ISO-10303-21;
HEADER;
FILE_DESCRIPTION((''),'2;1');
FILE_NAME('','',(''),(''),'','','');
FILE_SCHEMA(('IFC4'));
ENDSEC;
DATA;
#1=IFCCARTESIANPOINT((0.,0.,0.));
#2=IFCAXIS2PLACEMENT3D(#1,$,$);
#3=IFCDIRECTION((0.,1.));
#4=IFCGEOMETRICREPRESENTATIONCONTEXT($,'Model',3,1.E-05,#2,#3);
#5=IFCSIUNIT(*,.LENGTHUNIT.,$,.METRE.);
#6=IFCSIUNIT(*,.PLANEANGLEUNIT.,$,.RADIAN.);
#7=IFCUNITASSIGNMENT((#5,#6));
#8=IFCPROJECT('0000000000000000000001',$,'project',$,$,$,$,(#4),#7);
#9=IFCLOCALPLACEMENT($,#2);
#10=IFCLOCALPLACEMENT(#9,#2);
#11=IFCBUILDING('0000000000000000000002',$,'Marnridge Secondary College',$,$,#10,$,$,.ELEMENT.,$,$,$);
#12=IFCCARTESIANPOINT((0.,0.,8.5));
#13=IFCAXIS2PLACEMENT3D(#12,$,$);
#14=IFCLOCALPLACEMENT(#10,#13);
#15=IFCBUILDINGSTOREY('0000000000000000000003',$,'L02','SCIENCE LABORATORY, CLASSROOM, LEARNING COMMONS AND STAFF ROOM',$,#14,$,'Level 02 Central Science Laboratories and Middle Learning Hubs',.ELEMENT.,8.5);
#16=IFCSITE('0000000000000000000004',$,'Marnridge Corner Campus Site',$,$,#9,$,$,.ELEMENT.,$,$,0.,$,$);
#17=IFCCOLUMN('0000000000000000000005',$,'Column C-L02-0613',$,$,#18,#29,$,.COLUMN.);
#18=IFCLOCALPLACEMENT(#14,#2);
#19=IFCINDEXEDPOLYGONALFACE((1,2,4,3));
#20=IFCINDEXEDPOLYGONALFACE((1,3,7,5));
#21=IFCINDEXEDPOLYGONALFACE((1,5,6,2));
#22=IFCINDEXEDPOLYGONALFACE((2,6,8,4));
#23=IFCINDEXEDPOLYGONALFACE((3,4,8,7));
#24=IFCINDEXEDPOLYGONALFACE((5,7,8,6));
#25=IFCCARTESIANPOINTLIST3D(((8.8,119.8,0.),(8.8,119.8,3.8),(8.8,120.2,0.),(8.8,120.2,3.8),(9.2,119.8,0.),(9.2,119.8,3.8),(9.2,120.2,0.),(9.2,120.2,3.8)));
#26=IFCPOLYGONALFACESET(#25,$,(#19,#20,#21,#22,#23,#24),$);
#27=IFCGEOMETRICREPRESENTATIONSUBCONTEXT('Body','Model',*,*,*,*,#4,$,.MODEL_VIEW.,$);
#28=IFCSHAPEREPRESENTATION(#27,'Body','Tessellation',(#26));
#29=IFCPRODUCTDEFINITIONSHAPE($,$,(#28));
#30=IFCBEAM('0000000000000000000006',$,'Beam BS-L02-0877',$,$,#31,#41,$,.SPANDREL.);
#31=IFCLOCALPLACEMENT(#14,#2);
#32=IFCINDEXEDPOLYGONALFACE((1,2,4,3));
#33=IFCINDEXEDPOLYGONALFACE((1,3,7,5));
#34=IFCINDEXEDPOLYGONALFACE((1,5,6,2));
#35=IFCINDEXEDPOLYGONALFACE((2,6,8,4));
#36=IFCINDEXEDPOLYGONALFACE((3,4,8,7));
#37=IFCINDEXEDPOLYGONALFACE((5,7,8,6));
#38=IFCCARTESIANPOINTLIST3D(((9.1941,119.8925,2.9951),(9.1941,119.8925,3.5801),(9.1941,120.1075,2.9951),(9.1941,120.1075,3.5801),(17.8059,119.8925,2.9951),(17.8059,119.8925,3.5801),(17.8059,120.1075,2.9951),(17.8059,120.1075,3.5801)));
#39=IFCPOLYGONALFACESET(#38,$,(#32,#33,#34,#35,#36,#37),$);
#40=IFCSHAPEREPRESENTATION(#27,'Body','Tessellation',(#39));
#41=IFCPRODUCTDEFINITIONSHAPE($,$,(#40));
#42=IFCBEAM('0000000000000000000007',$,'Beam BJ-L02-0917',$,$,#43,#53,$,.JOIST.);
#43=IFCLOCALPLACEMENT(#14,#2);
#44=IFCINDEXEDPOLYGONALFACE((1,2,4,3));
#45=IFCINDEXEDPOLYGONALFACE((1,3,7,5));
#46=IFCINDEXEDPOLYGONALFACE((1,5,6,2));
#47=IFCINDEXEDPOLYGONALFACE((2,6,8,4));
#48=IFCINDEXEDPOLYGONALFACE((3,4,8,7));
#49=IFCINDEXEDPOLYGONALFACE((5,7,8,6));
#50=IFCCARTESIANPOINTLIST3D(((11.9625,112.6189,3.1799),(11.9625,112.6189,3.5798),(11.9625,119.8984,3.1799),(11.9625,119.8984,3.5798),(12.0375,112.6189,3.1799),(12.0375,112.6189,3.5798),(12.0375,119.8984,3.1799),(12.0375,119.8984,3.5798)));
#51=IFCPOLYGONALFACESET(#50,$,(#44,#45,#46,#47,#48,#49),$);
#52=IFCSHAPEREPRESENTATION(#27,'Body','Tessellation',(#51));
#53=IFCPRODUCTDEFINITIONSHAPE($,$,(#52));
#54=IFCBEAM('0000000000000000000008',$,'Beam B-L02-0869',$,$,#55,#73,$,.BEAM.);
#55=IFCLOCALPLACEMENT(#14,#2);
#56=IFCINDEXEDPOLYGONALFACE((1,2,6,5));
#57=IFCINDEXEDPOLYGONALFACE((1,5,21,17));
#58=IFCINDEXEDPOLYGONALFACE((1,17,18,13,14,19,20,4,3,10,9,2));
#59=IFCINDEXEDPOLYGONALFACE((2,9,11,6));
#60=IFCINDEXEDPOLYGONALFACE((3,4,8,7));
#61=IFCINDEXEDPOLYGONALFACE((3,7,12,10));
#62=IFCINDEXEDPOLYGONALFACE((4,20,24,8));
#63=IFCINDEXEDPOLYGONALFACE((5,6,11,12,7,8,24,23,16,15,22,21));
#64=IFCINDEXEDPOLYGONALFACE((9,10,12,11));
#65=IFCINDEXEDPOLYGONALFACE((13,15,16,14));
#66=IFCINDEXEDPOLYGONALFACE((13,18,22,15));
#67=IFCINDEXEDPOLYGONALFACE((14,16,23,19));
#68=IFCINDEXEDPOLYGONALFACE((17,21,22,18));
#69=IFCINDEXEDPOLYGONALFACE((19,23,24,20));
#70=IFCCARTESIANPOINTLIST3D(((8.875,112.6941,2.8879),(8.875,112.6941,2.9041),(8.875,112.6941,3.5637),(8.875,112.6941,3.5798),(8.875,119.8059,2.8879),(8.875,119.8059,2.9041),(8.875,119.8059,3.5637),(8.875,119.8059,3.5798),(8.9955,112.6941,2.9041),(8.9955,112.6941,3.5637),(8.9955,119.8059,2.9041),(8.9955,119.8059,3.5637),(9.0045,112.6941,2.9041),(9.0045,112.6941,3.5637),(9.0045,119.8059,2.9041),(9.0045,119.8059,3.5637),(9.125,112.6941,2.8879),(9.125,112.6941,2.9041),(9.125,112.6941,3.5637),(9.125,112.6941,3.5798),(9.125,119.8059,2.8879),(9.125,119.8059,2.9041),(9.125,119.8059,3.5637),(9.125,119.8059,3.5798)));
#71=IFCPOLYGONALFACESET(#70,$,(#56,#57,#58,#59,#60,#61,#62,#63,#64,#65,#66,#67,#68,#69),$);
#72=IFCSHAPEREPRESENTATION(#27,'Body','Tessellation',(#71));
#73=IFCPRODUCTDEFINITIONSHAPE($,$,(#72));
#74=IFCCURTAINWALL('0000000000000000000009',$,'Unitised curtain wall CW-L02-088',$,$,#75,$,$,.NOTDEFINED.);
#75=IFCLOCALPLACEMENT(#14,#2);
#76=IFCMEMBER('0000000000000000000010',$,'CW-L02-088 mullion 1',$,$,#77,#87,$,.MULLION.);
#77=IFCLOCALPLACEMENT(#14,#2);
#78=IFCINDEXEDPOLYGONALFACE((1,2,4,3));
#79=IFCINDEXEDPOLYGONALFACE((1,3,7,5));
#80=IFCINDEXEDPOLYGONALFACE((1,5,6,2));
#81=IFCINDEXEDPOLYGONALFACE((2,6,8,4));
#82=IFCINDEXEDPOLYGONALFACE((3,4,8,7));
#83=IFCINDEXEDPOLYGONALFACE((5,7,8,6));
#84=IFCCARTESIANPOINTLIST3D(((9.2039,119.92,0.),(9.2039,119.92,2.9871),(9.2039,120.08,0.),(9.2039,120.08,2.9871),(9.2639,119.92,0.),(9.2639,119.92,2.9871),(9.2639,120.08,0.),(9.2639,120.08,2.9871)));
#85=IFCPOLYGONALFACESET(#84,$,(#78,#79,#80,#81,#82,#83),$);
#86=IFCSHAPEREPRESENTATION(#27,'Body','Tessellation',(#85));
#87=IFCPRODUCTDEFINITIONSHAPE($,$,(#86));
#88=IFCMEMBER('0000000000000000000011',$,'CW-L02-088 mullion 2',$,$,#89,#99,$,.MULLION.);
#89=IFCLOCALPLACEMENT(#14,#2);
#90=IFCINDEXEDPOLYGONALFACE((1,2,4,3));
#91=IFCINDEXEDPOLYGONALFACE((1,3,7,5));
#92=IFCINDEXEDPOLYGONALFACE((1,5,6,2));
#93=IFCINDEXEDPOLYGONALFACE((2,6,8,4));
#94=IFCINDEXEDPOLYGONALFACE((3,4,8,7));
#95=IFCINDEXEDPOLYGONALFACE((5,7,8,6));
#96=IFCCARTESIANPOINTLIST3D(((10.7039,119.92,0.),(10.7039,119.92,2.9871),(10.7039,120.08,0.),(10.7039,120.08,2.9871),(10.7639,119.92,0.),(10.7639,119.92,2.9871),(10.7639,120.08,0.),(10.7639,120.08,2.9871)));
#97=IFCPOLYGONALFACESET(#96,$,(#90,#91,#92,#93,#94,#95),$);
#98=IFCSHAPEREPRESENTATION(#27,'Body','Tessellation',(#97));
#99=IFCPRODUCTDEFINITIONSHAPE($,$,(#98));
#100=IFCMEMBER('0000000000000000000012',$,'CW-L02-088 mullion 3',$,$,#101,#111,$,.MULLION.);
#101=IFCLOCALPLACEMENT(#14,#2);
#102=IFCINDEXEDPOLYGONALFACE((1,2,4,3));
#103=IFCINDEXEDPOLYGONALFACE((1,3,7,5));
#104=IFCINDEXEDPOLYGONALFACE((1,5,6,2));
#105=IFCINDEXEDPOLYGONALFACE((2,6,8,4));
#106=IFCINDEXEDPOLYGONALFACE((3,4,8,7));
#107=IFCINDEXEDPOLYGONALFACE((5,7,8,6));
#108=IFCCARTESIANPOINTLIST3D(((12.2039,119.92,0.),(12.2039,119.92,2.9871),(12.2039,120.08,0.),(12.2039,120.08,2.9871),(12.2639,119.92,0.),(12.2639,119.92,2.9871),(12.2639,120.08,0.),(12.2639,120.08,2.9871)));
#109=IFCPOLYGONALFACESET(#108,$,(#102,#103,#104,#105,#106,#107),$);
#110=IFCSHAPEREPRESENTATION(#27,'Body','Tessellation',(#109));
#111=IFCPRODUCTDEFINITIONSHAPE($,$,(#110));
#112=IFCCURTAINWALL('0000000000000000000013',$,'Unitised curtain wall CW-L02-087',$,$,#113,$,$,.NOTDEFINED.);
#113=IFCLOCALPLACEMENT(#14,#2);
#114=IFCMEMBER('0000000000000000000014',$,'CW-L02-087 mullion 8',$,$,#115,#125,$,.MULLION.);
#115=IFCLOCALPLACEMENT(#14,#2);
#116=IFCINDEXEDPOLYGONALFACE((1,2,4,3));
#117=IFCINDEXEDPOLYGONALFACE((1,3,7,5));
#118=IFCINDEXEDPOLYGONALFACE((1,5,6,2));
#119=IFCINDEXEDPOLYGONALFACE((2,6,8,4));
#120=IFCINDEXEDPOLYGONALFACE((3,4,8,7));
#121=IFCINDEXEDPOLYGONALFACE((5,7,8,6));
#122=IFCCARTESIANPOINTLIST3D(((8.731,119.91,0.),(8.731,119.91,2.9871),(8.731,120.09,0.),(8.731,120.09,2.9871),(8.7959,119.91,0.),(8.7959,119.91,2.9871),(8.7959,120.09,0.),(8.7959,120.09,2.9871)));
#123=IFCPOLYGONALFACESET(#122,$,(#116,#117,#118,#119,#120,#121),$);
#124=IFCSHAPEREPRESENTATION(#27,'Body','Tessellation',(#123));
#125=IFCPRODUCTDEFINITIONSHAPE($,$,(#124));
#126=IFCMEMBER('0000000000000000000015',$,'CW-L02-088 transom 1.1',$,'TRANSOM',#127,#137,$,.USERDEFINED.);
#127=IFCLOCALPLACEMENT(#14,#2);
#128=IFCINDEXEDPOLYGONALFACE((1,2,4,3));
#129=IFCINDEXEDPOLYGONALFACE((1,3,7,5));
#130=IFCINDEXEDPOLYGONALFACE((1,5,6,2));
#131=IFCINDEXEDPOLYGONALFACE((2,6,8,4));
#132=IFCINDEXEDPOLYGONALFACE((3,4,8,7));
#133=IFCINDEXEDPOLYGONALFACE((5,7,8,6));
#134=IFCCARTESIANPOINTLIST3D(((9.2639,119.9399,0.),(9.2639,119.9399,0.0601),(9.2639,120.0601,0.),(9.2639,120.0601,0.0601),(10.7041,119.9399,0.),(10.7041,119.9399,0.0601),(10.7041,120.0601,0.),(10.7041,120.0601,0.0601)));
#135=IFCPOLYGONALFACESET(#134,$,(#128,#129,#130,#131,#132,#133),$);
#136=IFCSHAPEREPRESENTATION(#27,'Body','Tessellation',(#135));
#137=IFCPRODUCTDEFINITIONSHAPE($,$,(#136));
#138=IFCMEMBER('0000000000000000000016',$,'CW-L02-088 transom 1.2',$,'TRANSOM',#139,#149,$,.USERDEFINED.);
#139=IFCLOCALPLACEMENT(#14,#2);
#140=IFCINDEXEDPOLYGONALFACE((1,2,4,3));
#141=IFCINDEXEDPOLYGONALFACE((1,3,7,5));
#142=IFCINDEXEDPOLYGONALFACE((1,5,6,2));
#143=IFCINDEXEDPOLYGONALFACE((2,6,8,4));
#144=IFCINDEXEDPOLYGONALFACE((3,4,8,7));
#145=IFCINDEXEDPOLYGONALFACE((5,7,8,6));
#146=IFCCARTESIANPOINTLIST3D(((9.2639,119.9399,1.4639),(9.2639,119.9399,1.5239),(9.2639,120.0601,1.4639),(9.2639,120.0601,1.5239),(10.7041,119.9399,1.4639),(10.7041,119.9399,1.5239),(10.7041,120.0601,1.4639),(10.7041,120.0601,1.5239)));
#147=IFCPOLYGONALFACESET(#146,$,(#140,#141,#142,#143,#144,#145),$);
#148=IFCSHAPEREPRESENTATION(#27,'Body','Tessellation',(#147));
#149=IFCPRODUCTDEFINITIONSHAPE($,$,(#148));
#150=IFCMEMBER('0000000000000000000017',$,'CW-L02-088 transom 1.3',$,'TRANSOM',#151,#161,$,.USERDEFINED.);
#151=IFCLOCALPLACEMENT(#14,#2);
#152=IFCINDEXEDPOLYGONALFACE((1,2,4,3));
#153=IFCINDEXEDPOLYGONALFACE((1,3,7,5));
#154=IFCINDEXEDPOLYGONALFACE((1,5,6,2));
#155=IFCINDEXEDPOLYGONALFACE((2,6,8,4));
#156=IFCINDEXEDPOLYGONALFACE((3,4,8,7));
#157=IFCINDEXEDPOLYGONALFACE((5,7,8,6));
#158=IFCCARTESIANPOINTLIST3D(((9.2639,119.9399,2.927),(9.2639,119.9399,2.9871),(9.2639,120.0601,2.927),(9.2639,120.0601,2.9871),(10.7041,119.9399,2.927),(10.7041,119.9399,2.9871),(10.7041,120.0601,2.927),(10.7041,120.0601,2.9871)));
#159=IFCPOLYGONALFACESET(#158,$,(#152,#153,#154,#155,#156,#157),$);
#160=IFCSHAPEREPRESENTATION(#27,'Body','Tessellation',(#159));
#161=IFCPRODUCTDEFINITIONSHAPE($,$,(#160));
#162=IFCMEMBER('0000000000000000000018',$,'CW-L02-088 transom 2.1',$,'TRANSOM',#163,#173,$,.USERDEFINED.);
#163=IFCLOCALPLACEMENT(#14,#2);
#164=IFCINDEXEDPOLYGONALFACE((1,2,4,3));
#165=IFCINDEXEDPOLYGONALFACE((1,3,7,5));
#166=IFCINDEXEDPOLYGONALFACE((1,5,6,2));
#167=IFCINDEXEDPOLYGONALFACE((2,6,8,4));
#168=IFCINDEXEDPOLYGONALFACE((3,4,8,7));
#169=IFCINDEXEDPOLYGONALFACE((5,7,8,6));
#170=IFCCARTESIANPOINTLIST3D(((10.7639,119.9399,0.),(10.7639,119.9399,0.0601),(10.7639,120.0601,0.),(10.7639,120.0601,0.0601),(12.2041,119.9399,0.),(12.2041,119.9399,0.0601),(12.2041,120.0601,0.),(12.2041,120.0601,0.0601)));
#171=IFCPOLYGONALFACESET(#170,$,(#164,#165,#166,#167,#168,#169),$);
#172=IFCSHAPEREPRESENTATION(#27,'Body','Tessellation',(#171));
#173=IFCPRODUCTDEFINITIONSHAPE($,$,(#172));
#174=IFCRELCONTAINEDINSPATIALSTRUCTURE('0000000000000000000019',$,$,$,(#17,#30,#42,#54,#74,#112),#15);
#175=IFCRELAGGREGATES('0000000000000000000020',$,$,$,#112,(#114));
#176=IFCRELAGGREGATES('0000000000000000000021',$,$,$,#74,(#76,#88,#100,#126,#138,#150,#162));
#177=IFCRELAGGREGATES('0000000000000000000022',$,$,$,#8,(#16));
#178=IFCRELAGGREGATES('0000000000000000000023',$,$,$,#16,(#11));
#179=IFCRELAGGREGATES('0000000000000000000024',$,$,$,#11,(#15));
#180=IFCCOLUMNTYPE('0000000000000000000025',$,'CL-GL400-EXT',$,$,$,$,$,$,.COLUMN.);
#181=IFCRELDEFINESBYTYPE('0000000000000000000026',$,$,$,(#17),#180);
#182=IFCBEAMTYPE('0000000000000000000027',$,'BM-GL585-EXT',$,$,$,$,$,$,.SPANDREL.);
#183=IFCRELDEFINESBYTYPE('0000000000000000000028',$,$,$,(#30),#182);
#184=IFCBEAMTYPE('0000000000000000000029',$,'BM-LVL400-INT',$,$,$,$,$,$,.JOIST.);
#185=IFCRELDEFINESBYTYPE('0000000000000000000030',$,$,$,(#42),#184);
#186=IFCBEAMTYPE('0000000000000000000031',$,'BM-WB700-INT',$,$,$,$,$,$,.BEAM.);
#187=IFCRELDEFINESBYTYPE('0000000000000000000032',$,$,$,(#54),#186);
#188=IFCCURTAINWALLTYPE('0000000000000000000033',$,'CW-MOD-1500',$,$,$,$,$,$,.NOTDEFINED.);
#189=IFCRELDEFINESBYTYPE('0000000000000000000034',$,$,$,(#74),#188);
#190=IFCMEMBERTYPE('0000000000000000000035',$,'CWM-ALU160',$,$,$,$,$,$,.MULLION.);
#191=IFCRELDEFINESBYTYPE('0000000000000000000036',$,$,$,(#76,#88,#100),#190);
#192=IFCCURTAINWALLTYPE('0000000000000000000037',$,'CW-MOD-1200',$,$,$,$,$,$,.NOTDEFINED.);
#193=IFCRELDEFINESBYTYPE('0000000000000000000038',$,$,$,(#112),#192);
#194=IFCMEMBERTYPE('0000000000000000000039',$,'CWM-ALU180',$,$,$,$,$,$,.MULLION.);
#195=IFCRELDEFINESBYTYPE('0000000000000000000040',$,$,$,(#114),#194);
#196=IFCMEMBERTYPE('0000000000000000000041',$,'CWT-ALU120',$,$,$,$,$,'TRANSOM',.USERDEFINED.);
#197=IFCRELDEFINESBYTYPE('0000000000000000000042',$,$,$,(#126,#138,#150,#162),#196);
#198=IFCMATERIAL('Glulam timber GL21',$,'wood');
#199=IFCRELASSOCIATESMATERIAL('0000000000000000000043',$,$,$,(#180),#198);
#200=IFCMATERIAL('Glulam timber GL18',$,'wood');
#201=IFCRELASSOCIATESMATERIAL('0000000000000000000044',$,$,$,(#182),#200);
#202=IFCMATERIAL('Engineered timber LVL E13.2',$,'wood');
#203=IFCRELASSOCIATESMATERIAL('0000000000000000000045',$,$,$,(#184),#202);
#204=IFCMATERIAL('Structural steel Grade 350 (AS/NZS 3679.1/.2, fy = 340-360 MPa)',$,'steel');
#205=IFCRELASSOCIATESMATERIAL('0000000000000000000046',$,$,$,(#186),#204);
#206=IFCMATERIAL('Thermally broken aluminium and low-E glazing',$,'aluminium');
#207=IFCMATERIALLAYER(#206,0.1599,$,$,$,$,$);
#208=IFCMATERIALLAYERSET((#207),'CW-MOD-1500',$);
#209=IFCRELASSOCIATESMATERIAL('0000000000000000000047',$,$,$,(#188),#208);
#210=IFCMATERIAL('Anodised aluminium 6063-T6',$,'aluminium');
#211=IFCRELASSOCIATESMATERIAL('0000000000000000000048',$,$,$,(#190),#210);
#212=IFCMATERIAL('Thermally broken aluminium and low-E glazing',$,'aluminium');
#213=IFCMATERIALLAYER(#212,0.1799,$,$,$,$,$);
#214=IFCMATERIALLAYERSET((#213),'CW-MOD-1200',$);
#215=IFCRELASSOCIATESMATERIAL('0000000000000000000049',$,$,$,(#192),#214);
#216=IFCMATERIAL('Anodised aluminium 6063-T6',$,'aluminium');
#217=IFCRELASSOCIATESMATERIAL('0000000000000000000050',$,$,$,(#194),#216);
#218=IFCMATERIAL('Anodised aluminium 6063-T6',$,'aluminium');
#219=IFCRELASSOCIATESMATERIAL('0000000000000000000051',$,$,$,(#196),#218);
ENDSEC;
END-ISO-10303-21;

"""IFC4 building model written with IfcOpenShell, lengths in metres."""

from ifc_helpers import new_model, si_unit, direction, frame, origin, origin_2d, place, context, subcontext, project, spatial, rectangle, i_section, extrude, material, layer, layer_set, material_profile, profile_set, type_object, element, aggregate, save


model = new_model("IFC4")

# Units and contexts
model_context = context("Model", 3, precision=1e-05, world=origin(), true_north=direction((0.0, 1.0)))
body_context = subcontext(model_context, "Body", "Model", "MODEL_VIEW")
ifc_project = project(units=[si_unit("LENGTHUNIT", "METRE"), si_unit("PLANEANGLEUNIT", "RADIAN")], contexts=[model_context])

# Site, building, storey
site_placement = place(None, origin())
site = spatial("IfcSite", under=ifc_project, at=site_placement, Name="Marnridge Corner Campus Site", CompositionType="ELEMENT", RefElevation=0.0)
building_placement = place(site_placement, origin())
building = spatial("IfcBuilding", under=site, at=building_placement, Name="Marnridge Secondary College", CompositionType="ELEMENT")
storey_placement = place(building_placement, frame((0.0, 0.0, 8.5)))
storey = spatial("IfcBuildingStorey", under=building, at=storey_placement, Name="L02", Description="SCIENCE LABORATORY, CLASSROOM, LEARNING COMMONS AND STAFF ROOM", LongName="Level 02 Central Science Laboratories and Middle Learning Hubs", CompositionType="ELEMENT", Elevation=8.5)

# Column
ifc_material_1 = material(Name="Glulam timber GL21", Category="wood")
ifc_material_profile_1 = material_profile(ifc_material_1, rectangle(XDim=0.3999, YDim=0.3999, at=origin_2d()), Name="GL21 400x400")
ifc_profile_set_1 = profile_set([ifc_material_profile_1], Name="Glulam timber GL21")
column_type = type_object("IfcColumnType", Name="CL-GL400-EXT", PredefinedType="COLUMN", material=ifc_profile_set_1)
column_placement = place(storey_placement, frame((9.0, 120.0, 0.0), z_axis=(0.0, 0.0, 1.0), x_axis=(1.0, 0.0, 0.0)))
element("IfcColumn", 1, at=column_placement, inside=storey, type_object=column_type, Name="Column C-L02-0613", PredefinedType="COLUMN", context=body_context, shape_type="SweptSolid", body=[
    extrude(rectangle(XDim=0.3999, YDim=0.3999, at=origin_2d()), origin(), (0.0, 0.0, 1.0), 3.8),
])

# Beams
ifc_material_2 = material(Name="Glulam timber GL18", Category="wood")
ifc_material_profile_2 = material_profile(ifc_material_2, rectangle(XDim=0.2151, YDim=0.585, at=origin_2d()), Name="GL18 215x585")
ifc_profile_set_2 = profile_set([ifc_material_profile_2], Name="Glulam timber GL18")
beam_type_1 = type_object("IfcBeamType", Name="BM-GL585-EXT", PredefinedType="SPANDREL", material=ifc_profile_set_2)
beam_1_placement = place(storey_placement, frame((9.1941, 120.0, 3.2876), z_axis=(1.0, 0.0, 0.0), x_axis=(0.0, 1.0, 0.0)))
element("IfcBeam", 2, at=beam_1_placement, inside=storey, type_object=beam_type_1, Name="Beam BS-L02-0877", PredefinedType="SPANDREL", context=body_context, shape_type="SweptSolid", body=[
    extrude(rectangle(XDim=0.2151, YDim=0.585, at=origin_2d()), origin(), (0.0, 0.0, 1.0), 8.6118),
])
ifc_material_3 = material(Name="Engineered timber LVL E13.2", Category="wood")
ifc_material_profile_3 = material_profile(ifc_material_3, rectangle(XDim=0.075, YDim=0.3999, at=origin_2d()), Name="LVL 75x400")
ifc_profile_set_3 = profile_set([ifc_material_profile_3], Name="Engineered timber LVL E13.2")
beam_type_2 = type_object("IfcBeamType", Name="BM-LVL400-INT", PredefinedType="JOIST", material=ifc_profile_set_3)
beam_2_placement = place(storey_placement, frame((12.0, 112.6189, 3.3799), z_axis=(0.0, 1.0, 0.0), x_axis=(-1.0, 0.0, 0.0)))
element("IfcBeam", 3, at=beam_2_placement, inside=storey, type_object=beam_type_2, Name="Beam BJ-L02-0917", PredefinedType="JOIST", context=body_context, shape_type="SweptSolid", body=[
    extrude(rectangle(XDim=0.075, YDim=0.3999, at=origin_2d()), origin(), (0.0, 0.0, 1.0), 7.2795),
])
ifc_material_4 = material(Name="Structural steel Grade 350 (AS/NZS 3679.1/.2, fy = 340-360 MPa)", Category="steel")
ifc_material_profile_4 = material_profile(ifc_material_4, i_section(OverallWidth=0.25, OverallDepth=0.6919, WebThickness=0.009, FlangeThickness=0.0161, at=origin_2d()), Name="700WB115")
ifc_profile_set_4 = profile_set([ifc_material_profile_4], Name="Structural steel Grade 350 (AS/NZS 3679.1/.2, fy = 340-360 MPa)")
beam_type_3 = type_object("IfcBeamType", Name="BM-WB700-INT", PredefinedType="BEAM", material=ifc_profile_set_4)
beam_3_placement = place(storey_placement, frame((9.0, 112.6941, 3.2339), z_axis=(0.0, 1.0, 0.0), x_axis=(-1.0, 0.0, 0.0)))
element("IfcBeam", 4, at=beam_3_placement, inside=storey, type_object=beam_type_3, Name="Beam B-L02-0869", PredefinedType="BEAM", context=body_context, shape_type="SweptSolid", body=[
    extrude(i_section(OverallWidth=0.25, OverallDepth=0.6919, WebThickness=0.009, FlangeThickness=0.0161, at=origin_2d()), origin(), (0.0, 0.0, 1.0), 7.1118),
])

# Curtain wall, members
ifc_material_5 = material(Name="Thermally broken aluminium and low-E glazing", Category="aluminium")
ifc_layer_1 = layer(ifc_material_5, 0.1599)
ifc_layer_set_1 = layer_set([ifc_layer_1], Name="CW-MOD-1500")
curtain_wall_type_1 = type_object("IfcCurtainWallType", Name="CW-MOD-1500", PredefinedType="NOTDEFINED", material=ifc_layer_set_1)
curtain_wall_1_placement = place(storey_placement, origin())
curtain_wall_1 = element("IfcCurtainWall", 5, at=curtain_wall_1_placement, inside=storey, type_object=curtain_wall_type_1, Name="Unitised curtain wall CW-L02-088", PredefinedType="NOTDEFINED")
ifc_material_6 = material(Name="Anodised aluminium 6063-T6", Category="aluminium")
ifc_material_profile_5 = material_profile(ifc_material_6, rectangle(XDim=0.0601, YDim=0.1599, at=origin_2d()), Name="ALU 60x160")
ifc_profile_set_5 = profile_set([ifc_material_profile_5], Name="Anodised aluminium 6063-T6")
member_type_1 = type_object("IfcMemberType", Name="CWM-ALU160", PredefinedType="MULLION", material=ifc_profile_set_5)
member_1_placement = place(storey_placement, frame((9.2339, 120.0, 0.0), z_axis=(0.0, 0.0, 1.0), x_axis=(1.0, 0.0, 0.0)))
member_1 = element("IfcMember", 6, at=member_1_placement, type_object=member_type_1, Name="CW-L02-088 mullion 1", PredefinedType="MULLION", context=body_context, shape_type="SweptSolid", body=[
    extrude(rectangle(XDim=0.0601, YDim=0.1599, at=origin_2d()), origin(), (0.0, 0.0, 1.0), 2.9871),
])
member_2_placement = place(storey_placement, frame((10.7339, 120.0, 0.0), z_axis=(0.0, 0.0, 1.0), x_axis=(1.0, 0.0, 0.0)))
member_2 = element("IfcMember", 7, at=member_2_placement, type_object=member_type_1, Name="CW-L02-088 mullion 2", PredefinedType="MULLION", context=body_context, shape_type="SweptSolid", body=[
    extrude(rectangle(XDim=0.0601, YDim=0.1599, at=origin_2d()), origin(), (0.0, 0.0, 1.0), 2.9871),
])
member_3_placement = place(storey_placement, frame((12.2339, 120.0, 0.0), z_axis=(0.0, 0.0, 1.0), x_axis=(1.0, 0.0, 0.0)))
member_3 = element("IfcMember", 8, at=member_3_placement, type_object=member_type_1, Name="CW-L02-088 mullion 3", PredefinedType="MULLION", context=body_context, shape_type="SweptSolid", body=[
    extrude(rectangle(XDim=0.0601, YDim=0.1599, at=origin_2d()), origin(), (0.0, 0.0, 1.0), 2.9871),
])

# Curtain wall, member
ifc_material_7 = material(Name="Thermally broken aluminium and low-E glazing", Category="aluminium")
ifc_layer_2 = layer(ifc_material_7, 0.1799)
ifc_layer_set_2 = layer_set([ifc_layer_2], Name="CW-MOD-1200")
curtain_wall_type_2 = type_object("IfcCurtainWallType", Name="CW-MOD-1200", PredefinedType="NOTDEFINED", material=ifc_layer_set_2)
curtain_wall_2_placement = place(storey_placement, origin())
curtain_wall_2 = element("IfcCurtainWall", 9, at=curtain_wall_2_placement, inside=storey, type_object=curtain_wall_type_2, Name="Unitised curtain wall CW-L02-087", PredefinedType="NOTDEFINED")
ifc_material_8 = material(Name="Anodised aluminium 6063-T6", Category="aluminium")
ifc_material_profile_6 = material_profile(ifc_material_8, rectangle(XDim=0.0649, YDim=0.1799, at=origin_2d()), Name="ALU 65x180")
ifc_profile_set_6 = profile_set([ifc_material_profile_6], Name="Anodised aluminium 6063-T6")
member_type_2 = type_object("IfcMemberType", Name="CWM-ALU180", PredefinedType="MULLION", material=ifc_profile_set_6)
member_4_placement = place(storey_placement, frame((8.7634, 120.0, 0.0), z_axis=(0.0, 0.0, 1.0), x_axis=(1.0, 0.0, 0.0)))
member_4 = element("IfcMember", 10, at=member_4_placement, type_object=member_type_2, Name="CW-L02-087 mullion 8", PredefinedType="MULLION", context=body_context, shape_type="SweptSolid", body=[
    extrude(rectangle(XDim=0.0649, YDim=0.1799, at=origin_2d()), origin(), (0.0, 0.0, 1.0), 2.9871),
])

# Members
ifc_material_9 = material(Name="Anodised aluminium 6063-T6", Category="aluminium")
ifc_material_profile_7 = material_profile(ifc_material_9, rectangle(XDim=0.0601, YDim=0.1201, at=origin_2d()), Name="ALU 60x120")
ifc_profile_set_7 = profile_set([ifc_material_profile_7], Name="Anodised aluminium 6063-T6")
member_type_3 = type_object("IfcMemberType", Name="CWT-ALU120", ElementType="TRANSOM", PredefinedType="USERDEFINED", material=ifc_profile_set_7)
member_5_placement = place(storey_placement, frame((9.2639, 120.0, 0.03), z_axis=(1.0, 0.0, 0.0), x_axis=(0.0, 0.0, 1.0)))
member_5 = element("IfcMember", 11, at=member_5_placement, type_object=member_type_3, Name="CW-L02-088 transom 1.1", ObjectType="TRANSOM", PredefinedType="USERDEFINED", context=body_context, shape_type="SweptSolid", body=[
    extrude(rectangle(XDim=0.0601, YDim=0.1201, at=origin_2d()), origin(), (0.0, 0.0, 1.0), 1.4402),
])
member_6_placement = place(storey_placement, frame((9.2639, 120.0, 1.4939), z_axis=(1.0, 0.0, 0.0), x_axis=(0.0, 0.0, 1.0)))
member_6 = element("IfcMember", 12, at=member_6_placement, type_object=member_type_3, Name="CW-L02-088 transom 1.2", ObjectType="TRANSOM", PredefinedType="USERDEFINED", context=body_context, shape_type="SweptSolid", body=[
    extrude(rectangle(XDim=0.0601, YDim=0.1201, at=origin_2d()), origin(), (0.0, 0.0, 1.0), 1.4402),
])
member_7_placement = place(storey_placement, frame((9.2639, 120.0, 2.957), z_axis=(1.0, 0.0, 0.0), x_axis=(0.0, 0.0, 1.0)))
member_7 = element("IfcMember", 13, at=member_7_placement, type_object=member_type_3, Name="CW-L02-088 transom 1.3", ObjectType="TRANSOM", PredefinedType="USERDEFINED", context=body_context, shape_type="SweptSolid", body=[
    extrude(rectangle(XDim=0.0601, YDim=0.1201, at=origin_2d()), origin(), (0.0, 0.0, 1.0), 1.4402),
])
member_8_placement = place(storey_placement, frame((10.7639, 120.0, 0.03), z_axis=(1.0, 0.0, 0.0), x_axis=(0.0, 0.0, 1.0)))
member_8 = element("IfcMember", 14, at=member_8_placement, type_object=member_type_3, Name="CW-L02-088 transom 2.1", ObjectType="TRANSOM", PredefinedType="USERDEFINED", context=body_context, shape_type="SweptSolid", body=[
    extrude(rectangle(XDim=0.0601, YDim=0.1201, at=origin_2d()), origin(), (0.0, 0.0, 1.0), 1.4402),
])

aggregate(curtain_wall_2, [member_4])
aggregate(curtain_wall_1, [member_1, member_2, member_3, member_5, member_6, member_7, member_8])

save(model, "model.ifc")
